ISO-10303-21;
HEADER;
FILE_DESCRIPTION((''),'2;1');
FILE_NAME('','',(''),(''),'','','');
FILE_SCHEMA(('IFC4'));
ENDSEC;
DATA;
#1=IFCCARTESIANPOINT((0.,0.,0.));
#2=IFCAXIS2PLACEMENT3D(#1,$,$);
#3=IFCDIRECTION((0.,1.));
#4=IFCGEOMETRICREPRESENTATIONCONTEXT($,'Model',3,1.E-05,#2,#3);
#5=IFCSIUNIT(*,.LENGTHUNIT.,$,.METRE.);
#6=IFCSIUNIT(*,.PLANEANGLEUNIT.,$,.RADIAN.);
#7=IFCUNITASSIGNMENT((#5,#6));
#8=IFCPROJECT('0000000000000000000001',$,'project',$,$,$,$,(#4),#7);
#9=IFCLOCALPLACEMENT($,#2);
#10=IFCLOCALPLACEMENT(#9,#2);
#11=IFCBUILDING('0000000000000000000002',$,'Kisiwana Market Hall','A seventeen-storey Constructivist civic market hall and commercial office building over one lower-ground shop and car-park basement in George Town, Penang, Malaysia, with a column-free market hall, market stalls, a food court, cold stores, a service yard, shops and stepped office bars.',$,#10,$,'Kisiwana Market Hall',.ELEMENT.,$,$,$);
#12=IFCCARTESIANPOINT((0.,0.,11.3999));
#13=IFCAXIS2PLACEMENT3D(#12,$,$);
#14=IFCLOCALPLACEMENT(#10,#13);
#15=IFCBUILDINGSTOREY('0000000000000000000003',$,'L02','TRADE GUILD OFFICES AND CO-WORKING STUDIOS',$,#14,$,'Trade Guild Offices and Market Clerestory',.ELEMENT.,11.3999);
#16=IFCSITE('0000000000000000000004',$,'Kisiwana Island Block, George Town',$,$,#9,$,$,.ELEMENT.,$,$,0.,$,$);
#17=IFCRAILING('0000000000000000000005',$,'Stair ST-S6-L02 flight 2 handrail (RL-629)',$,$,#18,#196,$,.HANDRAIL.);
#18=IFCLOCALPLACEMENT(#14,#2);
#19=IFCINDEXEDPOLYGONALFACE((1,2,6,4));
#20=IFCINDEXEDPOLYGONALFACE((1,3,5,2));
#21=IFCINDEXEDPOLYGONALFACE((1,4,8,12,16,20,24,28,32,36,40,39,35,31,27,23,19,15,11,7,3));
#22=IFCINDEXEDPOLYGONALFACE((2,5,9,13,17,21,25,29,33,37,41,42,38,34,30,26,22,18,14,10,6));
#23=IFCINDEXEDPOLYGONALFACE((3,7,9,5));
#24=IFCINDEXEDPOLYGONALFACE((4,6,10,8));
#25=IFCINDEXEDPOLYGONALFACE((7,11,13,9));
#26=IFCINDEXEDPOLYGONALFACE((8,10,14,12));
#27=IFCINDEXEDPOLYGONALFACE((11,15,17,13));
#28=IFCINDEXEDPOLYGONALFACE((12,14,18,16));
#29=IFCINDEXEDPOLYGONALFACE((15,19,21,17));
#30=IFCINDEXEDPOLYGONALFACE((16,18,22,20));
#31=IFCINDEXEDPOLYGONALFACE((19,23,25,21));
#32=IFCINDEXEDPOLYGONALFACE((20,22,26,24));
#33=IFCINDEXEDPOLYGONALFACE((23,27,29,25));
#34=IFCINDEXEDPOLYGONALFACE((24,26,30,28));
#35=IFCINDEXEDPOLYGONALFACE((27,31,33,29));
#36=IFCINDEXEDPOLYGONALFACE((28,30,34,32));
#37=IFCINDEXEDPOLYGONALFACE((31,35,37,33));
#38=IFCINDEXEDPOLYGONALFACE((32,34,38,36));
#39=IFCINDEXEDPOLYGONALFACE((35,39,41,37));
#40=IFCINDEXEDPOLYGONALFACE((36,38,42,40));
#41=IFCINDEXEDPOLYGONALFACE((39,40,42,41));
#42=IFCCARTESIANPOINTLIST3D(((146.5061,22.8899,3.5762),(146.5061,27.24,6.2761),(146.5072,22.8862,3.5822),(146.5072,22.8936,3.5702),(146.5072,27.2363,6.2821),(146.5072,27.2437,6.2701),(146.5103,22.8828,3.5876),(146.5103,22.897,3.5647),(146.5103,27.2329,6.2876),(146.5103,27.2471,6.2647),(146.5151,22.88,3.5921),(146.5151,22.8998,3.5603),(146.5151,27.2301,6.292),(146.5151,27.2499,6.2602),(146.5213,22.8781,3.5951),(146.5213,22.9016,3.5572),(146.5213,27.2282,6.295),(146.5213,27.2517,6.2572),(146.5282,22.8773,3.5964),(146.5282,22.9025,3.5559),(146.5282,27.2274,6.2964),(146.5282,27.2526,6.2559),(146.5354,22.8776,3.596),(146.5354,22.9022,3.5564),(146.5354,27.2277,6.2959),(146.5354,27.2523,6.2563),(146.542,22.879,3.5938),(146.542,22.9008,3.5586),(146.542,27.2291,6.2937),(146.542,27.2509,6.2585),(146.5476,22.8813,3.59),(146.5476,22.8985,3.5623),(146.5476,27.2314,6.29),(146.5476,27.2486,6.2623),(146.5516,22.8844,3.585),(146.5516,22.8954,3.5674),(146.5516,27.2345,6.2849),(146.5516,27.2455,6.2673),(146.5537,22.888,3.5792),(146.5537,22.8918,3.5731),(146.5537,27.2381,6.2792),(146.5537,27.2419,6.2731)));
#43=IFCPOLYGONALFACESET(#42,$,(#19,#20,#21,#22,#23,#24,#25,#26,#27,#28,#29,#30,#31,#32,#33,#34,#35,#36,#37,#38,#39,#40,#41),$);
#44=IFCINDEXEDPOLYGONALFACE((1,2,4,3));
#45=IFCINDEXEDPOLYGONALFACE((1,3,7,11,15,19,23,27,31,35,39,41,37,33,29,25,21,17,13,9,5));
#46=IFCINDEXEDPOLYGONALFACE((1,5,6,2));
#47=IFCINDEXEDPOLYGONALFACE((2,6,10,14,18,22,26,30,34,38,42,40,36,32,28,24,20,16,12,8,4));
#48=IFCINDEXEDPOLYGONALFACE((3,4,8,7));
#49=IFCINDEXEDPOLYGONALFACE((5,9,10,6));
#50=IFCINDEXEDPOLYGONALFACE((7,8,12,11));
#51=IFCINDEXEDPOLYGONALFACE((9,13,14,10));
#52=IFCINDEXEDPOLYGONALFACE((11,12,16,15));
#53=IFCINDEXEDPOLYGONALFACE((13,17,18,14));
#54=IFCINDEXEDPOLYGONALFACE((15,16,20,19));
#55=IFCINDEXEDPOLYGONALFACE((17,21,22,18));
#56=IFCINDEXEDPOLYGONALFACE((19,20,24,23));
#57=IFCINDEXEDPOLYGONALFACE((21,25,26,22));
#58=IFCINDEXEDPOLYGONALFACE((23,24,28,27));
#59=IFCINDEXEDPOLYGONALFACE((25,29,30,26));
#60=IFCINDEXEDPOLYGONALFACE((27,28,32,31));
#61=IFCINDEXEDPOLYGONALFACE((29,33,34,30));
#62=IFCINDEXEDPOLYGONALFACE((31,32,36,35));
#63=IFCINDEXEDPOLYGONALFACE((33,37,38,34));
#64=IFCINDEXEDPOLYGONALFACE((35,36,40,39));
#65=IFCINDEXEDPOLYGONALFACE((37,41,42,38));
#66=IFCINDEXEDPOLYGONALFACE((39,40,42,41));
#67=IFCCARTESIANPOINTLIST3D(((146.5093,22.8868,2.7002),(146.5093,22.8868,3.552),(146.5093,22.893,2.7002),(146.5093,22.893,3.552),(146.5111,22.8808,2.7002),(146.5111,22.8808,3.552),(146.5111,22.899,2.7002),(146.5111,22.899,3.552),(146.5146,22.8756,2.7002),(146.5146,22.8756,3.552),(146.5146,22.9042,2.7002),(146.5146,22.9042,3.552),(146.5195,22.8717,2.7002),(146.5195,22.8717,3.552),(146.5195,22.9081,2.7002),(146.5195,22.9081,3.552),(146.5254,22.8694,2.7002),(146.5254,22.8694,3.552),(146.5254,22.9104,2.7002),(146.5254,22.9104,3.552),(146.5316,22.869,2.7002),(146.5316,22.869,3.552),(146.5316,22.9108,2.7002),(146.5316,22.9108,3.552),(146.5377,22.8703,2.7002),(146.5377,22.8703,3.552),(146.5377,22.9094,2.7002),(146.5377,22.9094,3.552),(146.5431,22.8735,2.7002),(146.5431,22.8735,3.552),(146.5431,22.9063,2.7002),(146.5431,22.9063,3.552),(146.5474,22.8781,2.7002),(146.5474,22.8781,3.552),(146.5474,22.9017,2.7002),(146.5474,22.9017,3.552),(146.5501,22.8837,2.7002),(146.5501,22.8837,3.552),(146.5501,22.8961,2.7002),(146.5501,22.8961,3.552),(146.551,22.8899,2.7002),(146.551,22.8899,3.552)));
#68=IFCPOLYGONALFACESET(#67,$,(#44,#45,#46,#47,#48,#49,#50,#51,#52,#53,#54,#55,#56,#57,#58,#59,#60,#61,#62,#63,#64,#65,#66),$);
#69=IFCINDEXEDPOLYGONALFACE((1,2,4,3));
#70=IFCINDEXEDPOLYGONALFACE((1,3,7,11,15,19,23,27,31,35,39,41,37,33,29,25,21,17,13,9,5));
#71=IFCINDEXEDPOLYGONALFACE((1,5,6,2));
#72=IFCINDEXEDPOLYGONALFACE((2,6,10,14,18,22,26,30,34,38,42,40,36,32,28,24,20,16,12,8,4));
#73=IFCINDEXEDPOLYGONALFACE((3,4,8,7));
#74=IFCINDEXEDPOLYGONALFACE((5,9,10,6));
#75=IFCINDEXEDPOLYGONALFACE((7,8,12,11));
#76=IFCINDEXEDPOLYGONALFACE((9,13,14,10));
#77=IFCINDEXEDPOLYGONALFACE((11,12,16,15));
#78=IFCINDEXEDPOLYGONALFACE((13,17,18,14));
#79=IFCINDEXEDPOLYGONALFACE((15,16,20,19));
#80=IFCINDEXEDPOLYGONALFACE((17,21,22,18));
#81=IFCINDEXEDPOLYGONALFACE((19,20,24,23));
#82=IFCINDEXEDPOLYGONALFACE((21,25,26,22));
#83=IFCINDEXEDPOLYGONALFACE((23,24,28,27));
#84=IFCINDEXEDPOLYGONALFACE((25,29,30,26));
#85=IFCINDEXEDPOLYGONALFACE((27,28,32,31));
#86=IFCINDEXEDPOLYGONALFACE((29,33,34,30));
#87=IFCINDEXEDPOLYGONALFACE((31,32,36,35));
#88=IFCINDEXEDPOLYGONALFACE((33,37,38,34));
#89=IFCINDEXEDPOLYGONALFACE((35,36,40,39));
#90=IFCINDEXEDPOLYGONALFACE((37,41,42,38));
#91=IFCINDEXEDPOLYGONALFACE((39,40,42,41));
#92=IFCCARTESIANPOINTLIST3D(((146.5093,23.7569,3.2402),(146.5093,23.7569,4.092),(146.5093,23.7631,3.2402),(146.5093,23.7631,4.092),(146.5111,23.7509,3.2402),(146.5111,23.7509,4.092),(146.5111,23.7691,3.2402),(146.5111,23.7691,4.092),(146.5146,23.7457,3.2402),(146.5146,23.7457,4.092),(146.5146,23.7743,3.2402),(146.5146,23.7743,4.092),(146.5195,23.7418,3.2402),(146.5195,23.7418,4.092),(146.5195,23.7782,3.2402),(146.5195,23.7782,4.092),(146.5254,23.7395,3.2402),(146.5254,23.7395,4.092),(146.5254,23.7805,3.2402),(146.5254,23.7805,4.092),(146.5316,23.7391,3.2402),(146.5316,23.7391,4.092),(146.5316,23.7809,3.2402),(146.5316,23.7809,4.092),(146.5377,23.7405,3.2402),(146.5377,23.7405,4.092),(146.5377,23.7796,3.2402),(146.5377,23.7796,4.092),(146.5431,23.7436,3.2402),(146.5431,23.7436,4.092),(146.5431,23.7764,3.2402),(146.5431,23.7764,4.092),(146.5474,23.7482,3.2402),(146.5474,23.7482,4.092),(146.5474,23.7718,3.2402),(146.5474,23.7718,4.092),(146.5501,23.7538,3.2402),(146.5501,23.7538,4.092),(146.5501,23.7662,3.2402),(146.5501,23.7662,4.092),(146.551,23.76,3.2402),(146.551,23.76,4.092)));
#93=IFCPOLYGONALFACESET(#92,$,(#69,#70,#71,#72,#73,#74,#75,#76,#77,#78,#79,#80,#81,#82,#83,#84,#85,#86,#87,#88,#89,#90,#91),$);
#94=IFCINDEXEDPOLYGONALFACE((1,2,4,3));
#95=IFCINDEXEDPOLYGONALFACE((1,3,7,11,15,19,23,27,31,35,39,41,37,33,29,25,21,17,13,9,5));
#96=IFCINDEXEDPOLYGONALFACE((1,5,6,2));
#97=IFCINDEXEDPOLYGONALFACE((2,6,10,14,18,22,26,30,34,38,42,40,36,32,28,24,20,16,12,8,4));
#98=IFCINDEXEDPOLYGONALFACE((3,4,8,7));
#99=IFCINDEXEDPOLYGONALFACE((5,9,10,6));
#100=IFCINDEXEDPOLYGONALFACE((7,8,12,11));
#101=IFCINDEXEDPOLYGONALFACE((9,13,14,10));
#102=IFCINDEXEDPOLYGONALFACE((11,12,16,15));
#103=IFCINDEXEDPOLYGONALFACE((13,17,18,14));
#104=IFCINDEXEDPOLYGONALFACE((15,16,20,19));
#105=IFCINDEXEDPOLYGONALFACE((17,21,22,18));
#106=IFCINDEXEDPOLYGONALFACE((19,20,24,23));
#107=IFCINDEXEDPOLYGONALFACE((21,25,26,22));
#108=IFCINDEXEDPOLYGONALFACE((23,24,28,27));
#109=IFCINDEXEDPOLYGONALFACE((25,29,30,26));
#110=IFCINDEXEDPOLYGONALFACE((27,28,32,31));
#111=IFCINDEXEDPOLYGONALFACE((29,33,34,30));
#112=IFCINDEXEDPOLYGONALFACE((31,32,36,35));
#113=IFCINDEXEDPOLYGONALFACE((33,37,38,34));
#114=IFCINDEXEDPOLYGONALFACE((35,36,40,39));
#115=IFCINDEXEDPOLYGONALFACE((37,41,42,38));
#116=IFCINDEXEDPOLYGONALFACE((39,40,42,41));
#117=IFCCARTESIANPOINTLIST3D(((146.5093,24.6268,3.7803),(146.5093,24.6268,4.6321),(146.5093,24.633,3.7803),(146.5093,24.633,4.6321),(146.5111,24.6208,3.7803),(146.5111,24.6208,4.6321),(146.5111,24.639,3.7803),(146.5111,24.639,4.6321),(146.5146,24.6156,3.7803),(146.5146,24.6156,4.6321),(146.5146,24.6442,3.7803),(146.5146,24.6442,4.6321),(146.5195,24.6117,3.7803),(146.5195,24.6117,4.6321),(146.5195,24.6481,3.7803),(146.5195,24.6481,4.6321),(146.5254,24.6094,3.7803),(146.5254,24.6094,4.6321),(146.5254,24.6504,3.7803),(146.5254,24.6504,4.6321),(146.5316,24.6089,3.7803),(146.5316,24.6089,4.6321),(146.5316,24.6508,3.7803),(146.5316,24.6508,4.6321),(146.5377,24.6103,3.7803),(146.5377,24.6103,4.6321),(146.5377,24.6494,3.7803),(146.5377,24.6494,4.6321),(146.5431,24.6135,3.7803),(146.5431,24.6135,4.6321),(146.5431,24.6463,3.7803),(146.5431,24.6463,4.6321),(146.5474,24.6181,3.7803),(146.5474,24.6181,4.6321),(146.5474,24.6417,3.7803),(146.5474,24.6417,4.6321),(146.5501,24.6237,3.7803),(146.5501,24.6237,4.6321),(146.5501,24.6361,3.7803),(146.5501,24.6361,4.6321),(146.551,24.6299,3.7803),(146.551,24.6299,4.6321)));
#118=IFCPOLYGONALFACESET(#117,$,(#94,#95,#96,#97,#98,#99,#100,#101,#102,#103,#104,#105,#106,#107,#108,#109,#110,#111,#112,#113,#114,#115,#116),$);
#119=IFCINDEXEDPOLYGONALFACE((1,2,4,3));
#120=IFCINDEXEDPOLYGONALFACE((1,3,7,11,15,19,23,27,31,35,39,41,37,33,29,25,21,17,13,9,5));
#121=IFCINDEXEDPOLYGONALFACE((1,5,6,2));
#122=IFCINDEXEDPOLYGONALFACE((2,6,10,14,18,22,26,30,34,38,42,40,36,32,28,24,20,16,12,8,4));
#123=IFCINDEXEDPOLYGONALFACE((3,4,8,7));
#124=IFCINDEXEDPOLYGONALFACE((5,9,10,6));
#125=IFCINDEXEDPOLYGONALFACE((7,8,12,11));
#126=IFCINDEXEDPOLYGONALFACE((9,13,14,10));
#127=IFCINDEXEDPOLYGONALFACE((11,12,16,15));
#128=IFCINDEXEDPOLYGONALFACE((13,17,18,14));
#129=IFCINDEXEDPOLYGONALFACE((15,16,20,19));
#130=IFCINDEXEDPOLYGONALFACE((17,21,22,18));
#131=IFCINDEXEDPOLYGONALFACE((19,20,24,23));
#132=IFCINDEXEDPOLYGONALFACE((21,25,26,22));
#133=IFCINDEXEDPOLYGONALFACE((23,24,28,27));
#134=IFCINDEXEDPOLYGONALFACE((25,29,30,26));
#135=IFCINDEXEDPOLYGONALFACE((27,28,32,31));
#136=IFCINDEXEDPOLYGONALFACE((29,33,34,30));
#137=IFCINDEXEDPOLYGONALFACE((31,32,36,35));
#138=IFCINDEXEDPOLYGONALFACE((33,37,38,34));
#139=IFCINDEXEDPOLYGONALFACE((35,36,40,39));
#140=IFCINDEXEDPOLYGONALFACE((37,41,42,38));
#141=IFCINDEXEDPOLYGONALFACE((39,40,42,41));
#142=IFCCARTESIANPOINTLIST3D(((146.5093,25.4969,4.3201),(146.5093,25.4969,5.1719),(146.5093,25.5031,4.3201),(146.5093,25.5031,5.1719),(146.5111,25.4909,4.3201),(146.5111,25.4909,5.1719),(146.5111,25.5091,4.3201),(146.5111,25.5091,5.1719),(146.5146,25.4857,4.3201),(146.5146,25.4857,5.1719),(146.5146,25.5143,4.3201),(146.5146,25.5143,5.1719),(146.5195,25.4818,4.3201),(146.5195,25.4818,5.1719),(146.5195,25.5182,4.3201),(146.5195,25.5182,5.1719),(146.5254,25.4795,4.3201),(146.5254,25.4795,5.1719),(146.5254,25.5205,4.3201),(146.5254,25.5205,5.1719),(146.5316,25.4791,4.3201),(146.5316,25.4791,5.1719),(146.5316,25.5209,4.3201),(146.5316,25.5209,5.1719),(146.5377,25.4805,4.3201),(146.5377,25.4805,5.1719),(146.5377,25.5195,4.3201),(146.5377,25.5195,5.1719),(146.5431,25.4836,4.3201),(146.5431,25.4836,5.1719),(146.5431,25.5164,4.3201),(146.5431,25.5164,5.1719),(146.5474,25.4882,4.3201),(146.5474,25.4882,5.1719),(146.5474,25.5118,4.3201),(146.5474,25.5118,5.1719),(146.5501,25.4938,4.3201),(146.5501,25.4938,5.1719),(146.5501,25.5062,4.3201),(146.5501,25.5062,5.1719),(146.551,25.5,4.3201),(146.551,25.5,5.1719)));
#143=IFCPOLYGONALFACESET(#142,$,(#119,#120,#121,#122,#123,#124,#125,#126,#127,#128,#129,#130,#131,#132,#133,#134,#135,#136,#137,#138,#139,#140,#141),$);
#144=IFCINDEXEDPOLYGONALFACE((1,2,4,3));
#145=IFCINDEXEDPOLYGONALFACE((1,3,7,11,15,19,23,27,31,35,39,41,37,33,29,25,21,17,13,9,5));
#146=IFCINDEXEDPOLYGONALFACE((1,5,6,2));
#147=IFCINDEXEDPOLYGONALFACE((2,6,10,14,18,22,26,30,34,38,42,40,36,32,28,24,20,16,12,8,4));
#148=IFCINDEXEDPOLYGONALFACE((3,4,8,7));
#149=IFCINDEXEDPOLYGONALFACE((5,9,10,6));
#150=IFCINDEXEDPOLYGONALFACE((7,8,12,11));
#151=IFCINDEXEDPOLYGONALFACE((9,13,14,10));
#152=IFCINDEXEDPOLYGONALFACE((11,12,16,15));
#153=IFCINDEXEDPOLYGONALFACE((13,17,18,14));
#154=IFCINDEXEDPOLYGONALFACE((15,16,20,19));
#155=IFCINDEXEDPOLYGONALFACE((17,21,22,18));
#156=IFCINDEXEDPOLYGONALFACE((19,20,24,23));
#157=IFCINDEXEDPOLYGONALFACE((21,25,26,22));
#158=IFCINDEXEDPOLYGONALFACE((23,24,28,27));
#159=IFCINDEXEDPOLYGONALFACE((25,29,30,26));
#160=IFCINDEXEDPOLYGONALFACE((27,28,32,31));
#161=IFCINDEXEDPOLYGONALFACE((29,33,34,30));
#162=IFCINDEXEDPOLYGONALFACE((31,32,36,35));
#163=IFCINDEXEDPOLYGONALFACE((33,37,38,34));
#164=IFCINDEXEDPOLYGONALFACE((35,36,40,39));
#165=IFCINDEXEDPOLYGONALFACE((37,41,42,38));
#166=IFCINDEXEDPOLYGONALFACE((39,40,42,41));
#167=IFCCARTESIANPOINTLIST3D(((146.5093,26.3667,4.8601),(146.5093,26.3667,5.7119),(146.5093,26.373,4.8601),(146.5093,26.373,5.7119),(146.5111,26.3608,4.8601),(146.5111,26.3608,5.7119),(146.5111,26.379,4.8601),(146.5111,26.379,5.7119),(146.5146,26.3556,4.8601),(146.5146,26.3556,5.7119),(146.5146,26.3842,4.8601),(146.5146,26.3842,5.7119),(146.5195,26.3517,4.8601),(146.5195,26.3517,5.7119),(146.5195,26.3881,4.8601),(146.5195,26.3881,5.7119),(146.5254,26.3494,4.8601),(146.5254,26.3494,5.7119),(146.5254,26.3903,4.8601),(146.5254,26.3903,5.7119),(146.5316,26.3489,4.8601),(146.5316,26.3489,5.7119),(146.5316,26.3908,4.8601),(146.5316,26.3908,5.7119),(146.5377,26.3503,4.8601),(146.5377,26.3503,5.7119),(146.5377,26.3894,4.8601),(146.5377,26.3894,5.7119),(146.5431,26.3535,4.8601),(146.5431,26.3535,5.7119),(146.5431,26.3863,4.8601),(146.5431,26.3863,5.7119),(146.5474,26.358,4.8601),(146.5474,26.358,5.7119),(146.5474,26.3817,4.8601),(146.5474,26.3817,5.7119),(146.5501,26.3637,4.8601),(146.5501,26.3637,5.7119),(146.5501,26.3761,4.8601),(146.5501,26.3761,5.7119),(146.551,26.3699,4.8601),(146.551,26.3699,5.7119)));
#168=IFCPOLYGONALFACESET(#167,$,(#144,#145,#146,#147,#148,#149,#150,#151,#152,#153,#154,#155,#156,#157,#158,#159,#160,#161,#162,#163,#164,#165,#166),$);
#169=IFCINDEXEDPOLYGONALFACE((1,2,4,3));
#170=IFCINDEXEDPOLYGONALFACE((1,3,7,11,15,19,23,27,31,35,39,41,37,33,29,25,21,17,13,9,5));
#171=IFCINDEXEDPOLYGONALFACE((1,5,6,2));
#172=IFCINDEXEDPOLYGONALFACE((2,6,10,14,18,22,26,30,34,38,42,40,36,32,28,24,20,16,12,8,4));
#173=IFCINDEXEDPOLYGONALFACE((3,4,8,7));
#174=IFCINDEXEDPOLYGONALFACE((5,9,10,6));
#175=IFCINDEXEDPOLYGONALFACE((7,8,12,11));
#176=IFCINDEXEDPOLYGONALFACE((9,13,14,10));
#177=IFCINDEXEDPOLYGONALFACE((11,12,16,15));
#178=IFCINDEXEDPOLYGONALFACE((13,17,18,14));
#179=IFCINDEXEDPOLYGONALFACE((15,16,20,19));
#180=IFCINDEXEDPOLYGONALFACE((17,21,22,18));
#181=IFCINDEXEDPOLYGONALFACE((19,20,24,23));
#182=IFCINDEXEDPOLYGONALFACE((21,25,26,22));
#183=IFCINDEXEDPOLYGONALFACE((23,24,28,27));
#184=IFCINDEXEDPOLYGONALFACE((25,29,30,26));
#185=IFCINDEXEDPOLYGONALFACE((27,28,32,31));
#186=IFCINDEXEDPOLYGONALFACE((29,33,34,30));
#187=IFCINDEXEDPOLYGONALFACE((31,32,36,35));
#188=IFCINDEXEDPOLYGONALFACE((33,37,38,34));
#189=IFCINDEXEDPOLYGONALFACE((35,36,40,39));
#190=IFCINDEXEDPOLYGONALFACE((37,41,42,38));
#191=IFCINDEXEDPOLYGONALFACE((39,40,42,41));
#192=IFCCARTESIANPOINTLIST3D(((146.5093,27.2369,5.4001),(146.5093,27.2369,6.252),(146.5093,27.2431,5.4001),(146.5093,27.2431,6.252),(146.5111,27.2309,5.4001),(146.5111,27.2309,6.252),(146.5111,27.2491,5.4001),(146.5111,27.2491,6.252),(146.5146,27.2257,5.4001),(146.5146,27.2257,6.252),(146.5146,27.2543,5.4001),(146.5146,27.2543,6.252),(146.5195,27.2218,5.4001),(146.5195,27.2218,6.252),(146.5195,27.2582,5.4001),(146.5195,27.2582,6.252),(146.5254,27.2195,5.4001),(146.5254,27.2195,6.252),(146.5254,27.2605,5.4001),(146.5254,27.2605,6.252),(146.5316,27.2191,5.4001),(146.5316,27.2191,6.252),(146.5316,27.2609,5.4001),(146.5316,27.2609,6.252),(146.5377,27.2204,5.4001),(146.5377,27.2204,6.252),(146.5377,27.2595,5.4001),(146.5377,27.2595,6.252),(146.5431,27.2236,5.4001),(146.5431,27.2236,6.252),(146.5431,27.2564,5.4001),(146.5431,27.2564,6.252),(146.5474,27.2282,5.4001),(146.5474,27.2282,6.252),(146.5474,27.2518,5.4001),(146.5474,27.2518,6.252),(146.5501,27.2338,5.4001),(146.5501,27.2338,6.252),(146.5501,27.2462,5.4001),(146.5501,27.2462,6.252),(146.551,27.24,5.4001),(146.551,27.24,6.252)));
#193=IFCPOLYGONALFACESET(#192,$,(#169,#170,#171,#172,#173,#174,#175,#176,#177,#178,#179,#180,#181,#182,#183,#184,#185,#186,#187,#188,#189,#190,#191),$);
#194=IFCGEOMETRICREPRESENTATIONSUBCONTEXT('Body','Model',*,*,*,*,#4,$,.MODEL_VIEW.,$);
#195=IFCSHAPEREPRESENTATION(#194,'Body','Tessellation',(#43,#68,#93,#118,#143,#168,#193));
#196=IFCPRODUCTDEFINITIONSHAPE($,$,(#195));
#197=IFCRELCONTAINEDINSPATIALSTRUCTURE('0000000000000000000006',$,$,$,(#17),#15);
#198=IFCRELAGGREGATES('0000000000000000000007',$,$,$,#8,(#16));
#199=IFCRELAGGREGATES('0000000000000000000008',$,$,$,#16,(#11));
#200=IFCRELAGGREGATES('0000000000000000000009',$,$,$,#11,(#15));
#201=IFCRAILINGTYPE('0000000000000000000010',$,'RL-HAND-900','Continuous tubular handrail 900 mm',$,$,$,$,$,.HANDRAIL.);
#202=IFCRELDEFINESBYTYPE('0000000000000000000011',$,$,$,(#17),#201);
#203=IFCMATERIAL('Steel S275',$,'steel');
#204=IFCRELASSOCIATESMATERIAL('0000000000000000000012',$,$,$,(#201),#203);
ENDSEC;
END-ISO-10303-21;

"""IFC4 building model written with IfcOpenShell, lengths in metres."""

from ifc_helpers import new_model, si_unit, direction, frame, origin, origin_2d, place, context, subcontext, project, spatial, circle, extrude, material, type_object, element, save


model = new_model("IFC4")

# Units and contexts
model_context = context("Model", 3, precision=1e-05, world=origin(), true_north=direction((0.0, 1.0)))
body_context = subcontext(model_context, "Body", "Model", "MODEL_VIEW")
ifc_project = project(units=[si_unit("LENGTHUNIT", "METRE"), si_unit("PLANEANGLEUNIT", "RADIAN")], contexts=[model_context])

# Site, building, storey
site_placement = place(None, origin())
site = spatial("IfcSite", under=ifc_project, at=site_placement, Name="Kisiwana Island Block, George Town", CompositionType="ELEMENT", RefElevation=0.0)
building_placement = place(site_placement, origin())
building = spatial("IfcBuilding", under=site, at=building_placement, Name="Kisiwana Market Hall", Description="A seventeen-storey Constructivist civic market hall and commercial office building over one lower-ground shop and car-park basement in George Town, Penang, Malaysia, with a column-free market hall, market stalls, a food court, cold stores, a service yard, shops and stepped office bars.", LongName="Kisiwana Market Hall", CompositionType="ELEMENT")
storey_placement = place(building_placement, frame((0.0, 0.0, 11.3999)))
storey = spatial("IfcBuildingStorey", under=building, at=storey_placement, Name="L02", Description="TRADE GUILD OFFICES AND CO-WORKING STUDIOS", LongName="Trade Guild Offices and Market Clerestory", CompositionType="ELEMENT", Elevation=11.3999)

# Railing
ifc_material_1 = material(Name="Steel S275", Category="steel")
railing_type_1 = type_object("IfcRailingType", Name="RL-HAND-900", Description="Continuous tubular handrail 900 mm", PredefinedType="HANDRAIL", material=ifc_material_1)
railing_1_placement = place(storey_placement, frame((146.53, 22.8899, 2.7002)))
element("IfcRailing", 1, at=railing_1_placement, inside=storey, type_object=railing_type_1, Name="Stair ST-S6-L02 flight 2 handrail (RL-629)", PredefinedType="HANDRAIL", context=body_context, shape_type="SweptSolid", body=[
    extrude(circle(Radius=0.0239, at=origin_2d()), frame((0.0, 0.0, 0.876), z_axis=(0.0, 0.84965, 0.527347), x_axis=(-1.0, 0.0, 0.0)), (0.0, 0.0, 1.0), 5.1199),
    extrude(circle(Radius=0.021, at=origin_2d()), origin(), (0.0, 0.0, 1.0), 0.8518),
    extrude(circle(Radius=0.021, at=origin_2d()), frame((0.0, 0.8701, 0.54)), (0.0, 0.0, 1.0), 0.8518),
    extrude(circle(Radius=0.021, at=origin_2d()), frame((0.0, 1.74, 1.0801)), (0.0, 0.0, 1.0), 0.8518),
    extrude(circle(Radius=0.021, at=origin_2d()), frame((0.0, 2.6101, 1.6199)), (0.0, 0.0, 1.0), 0.8518),
    extrude(circle(Radius=0.021, at=origin_2d()), frame((0.0, 3.48, 2.1599)), (0.0, 0.0, 1.0), 0.8518),
    extrude(circle(Radius=0.021, at=origin_2d()), frame((0.0, 4.3501, 2.7)), (0.0, 0.0, 1.0), 0.8518),
])

save(model, "model.ifc")
